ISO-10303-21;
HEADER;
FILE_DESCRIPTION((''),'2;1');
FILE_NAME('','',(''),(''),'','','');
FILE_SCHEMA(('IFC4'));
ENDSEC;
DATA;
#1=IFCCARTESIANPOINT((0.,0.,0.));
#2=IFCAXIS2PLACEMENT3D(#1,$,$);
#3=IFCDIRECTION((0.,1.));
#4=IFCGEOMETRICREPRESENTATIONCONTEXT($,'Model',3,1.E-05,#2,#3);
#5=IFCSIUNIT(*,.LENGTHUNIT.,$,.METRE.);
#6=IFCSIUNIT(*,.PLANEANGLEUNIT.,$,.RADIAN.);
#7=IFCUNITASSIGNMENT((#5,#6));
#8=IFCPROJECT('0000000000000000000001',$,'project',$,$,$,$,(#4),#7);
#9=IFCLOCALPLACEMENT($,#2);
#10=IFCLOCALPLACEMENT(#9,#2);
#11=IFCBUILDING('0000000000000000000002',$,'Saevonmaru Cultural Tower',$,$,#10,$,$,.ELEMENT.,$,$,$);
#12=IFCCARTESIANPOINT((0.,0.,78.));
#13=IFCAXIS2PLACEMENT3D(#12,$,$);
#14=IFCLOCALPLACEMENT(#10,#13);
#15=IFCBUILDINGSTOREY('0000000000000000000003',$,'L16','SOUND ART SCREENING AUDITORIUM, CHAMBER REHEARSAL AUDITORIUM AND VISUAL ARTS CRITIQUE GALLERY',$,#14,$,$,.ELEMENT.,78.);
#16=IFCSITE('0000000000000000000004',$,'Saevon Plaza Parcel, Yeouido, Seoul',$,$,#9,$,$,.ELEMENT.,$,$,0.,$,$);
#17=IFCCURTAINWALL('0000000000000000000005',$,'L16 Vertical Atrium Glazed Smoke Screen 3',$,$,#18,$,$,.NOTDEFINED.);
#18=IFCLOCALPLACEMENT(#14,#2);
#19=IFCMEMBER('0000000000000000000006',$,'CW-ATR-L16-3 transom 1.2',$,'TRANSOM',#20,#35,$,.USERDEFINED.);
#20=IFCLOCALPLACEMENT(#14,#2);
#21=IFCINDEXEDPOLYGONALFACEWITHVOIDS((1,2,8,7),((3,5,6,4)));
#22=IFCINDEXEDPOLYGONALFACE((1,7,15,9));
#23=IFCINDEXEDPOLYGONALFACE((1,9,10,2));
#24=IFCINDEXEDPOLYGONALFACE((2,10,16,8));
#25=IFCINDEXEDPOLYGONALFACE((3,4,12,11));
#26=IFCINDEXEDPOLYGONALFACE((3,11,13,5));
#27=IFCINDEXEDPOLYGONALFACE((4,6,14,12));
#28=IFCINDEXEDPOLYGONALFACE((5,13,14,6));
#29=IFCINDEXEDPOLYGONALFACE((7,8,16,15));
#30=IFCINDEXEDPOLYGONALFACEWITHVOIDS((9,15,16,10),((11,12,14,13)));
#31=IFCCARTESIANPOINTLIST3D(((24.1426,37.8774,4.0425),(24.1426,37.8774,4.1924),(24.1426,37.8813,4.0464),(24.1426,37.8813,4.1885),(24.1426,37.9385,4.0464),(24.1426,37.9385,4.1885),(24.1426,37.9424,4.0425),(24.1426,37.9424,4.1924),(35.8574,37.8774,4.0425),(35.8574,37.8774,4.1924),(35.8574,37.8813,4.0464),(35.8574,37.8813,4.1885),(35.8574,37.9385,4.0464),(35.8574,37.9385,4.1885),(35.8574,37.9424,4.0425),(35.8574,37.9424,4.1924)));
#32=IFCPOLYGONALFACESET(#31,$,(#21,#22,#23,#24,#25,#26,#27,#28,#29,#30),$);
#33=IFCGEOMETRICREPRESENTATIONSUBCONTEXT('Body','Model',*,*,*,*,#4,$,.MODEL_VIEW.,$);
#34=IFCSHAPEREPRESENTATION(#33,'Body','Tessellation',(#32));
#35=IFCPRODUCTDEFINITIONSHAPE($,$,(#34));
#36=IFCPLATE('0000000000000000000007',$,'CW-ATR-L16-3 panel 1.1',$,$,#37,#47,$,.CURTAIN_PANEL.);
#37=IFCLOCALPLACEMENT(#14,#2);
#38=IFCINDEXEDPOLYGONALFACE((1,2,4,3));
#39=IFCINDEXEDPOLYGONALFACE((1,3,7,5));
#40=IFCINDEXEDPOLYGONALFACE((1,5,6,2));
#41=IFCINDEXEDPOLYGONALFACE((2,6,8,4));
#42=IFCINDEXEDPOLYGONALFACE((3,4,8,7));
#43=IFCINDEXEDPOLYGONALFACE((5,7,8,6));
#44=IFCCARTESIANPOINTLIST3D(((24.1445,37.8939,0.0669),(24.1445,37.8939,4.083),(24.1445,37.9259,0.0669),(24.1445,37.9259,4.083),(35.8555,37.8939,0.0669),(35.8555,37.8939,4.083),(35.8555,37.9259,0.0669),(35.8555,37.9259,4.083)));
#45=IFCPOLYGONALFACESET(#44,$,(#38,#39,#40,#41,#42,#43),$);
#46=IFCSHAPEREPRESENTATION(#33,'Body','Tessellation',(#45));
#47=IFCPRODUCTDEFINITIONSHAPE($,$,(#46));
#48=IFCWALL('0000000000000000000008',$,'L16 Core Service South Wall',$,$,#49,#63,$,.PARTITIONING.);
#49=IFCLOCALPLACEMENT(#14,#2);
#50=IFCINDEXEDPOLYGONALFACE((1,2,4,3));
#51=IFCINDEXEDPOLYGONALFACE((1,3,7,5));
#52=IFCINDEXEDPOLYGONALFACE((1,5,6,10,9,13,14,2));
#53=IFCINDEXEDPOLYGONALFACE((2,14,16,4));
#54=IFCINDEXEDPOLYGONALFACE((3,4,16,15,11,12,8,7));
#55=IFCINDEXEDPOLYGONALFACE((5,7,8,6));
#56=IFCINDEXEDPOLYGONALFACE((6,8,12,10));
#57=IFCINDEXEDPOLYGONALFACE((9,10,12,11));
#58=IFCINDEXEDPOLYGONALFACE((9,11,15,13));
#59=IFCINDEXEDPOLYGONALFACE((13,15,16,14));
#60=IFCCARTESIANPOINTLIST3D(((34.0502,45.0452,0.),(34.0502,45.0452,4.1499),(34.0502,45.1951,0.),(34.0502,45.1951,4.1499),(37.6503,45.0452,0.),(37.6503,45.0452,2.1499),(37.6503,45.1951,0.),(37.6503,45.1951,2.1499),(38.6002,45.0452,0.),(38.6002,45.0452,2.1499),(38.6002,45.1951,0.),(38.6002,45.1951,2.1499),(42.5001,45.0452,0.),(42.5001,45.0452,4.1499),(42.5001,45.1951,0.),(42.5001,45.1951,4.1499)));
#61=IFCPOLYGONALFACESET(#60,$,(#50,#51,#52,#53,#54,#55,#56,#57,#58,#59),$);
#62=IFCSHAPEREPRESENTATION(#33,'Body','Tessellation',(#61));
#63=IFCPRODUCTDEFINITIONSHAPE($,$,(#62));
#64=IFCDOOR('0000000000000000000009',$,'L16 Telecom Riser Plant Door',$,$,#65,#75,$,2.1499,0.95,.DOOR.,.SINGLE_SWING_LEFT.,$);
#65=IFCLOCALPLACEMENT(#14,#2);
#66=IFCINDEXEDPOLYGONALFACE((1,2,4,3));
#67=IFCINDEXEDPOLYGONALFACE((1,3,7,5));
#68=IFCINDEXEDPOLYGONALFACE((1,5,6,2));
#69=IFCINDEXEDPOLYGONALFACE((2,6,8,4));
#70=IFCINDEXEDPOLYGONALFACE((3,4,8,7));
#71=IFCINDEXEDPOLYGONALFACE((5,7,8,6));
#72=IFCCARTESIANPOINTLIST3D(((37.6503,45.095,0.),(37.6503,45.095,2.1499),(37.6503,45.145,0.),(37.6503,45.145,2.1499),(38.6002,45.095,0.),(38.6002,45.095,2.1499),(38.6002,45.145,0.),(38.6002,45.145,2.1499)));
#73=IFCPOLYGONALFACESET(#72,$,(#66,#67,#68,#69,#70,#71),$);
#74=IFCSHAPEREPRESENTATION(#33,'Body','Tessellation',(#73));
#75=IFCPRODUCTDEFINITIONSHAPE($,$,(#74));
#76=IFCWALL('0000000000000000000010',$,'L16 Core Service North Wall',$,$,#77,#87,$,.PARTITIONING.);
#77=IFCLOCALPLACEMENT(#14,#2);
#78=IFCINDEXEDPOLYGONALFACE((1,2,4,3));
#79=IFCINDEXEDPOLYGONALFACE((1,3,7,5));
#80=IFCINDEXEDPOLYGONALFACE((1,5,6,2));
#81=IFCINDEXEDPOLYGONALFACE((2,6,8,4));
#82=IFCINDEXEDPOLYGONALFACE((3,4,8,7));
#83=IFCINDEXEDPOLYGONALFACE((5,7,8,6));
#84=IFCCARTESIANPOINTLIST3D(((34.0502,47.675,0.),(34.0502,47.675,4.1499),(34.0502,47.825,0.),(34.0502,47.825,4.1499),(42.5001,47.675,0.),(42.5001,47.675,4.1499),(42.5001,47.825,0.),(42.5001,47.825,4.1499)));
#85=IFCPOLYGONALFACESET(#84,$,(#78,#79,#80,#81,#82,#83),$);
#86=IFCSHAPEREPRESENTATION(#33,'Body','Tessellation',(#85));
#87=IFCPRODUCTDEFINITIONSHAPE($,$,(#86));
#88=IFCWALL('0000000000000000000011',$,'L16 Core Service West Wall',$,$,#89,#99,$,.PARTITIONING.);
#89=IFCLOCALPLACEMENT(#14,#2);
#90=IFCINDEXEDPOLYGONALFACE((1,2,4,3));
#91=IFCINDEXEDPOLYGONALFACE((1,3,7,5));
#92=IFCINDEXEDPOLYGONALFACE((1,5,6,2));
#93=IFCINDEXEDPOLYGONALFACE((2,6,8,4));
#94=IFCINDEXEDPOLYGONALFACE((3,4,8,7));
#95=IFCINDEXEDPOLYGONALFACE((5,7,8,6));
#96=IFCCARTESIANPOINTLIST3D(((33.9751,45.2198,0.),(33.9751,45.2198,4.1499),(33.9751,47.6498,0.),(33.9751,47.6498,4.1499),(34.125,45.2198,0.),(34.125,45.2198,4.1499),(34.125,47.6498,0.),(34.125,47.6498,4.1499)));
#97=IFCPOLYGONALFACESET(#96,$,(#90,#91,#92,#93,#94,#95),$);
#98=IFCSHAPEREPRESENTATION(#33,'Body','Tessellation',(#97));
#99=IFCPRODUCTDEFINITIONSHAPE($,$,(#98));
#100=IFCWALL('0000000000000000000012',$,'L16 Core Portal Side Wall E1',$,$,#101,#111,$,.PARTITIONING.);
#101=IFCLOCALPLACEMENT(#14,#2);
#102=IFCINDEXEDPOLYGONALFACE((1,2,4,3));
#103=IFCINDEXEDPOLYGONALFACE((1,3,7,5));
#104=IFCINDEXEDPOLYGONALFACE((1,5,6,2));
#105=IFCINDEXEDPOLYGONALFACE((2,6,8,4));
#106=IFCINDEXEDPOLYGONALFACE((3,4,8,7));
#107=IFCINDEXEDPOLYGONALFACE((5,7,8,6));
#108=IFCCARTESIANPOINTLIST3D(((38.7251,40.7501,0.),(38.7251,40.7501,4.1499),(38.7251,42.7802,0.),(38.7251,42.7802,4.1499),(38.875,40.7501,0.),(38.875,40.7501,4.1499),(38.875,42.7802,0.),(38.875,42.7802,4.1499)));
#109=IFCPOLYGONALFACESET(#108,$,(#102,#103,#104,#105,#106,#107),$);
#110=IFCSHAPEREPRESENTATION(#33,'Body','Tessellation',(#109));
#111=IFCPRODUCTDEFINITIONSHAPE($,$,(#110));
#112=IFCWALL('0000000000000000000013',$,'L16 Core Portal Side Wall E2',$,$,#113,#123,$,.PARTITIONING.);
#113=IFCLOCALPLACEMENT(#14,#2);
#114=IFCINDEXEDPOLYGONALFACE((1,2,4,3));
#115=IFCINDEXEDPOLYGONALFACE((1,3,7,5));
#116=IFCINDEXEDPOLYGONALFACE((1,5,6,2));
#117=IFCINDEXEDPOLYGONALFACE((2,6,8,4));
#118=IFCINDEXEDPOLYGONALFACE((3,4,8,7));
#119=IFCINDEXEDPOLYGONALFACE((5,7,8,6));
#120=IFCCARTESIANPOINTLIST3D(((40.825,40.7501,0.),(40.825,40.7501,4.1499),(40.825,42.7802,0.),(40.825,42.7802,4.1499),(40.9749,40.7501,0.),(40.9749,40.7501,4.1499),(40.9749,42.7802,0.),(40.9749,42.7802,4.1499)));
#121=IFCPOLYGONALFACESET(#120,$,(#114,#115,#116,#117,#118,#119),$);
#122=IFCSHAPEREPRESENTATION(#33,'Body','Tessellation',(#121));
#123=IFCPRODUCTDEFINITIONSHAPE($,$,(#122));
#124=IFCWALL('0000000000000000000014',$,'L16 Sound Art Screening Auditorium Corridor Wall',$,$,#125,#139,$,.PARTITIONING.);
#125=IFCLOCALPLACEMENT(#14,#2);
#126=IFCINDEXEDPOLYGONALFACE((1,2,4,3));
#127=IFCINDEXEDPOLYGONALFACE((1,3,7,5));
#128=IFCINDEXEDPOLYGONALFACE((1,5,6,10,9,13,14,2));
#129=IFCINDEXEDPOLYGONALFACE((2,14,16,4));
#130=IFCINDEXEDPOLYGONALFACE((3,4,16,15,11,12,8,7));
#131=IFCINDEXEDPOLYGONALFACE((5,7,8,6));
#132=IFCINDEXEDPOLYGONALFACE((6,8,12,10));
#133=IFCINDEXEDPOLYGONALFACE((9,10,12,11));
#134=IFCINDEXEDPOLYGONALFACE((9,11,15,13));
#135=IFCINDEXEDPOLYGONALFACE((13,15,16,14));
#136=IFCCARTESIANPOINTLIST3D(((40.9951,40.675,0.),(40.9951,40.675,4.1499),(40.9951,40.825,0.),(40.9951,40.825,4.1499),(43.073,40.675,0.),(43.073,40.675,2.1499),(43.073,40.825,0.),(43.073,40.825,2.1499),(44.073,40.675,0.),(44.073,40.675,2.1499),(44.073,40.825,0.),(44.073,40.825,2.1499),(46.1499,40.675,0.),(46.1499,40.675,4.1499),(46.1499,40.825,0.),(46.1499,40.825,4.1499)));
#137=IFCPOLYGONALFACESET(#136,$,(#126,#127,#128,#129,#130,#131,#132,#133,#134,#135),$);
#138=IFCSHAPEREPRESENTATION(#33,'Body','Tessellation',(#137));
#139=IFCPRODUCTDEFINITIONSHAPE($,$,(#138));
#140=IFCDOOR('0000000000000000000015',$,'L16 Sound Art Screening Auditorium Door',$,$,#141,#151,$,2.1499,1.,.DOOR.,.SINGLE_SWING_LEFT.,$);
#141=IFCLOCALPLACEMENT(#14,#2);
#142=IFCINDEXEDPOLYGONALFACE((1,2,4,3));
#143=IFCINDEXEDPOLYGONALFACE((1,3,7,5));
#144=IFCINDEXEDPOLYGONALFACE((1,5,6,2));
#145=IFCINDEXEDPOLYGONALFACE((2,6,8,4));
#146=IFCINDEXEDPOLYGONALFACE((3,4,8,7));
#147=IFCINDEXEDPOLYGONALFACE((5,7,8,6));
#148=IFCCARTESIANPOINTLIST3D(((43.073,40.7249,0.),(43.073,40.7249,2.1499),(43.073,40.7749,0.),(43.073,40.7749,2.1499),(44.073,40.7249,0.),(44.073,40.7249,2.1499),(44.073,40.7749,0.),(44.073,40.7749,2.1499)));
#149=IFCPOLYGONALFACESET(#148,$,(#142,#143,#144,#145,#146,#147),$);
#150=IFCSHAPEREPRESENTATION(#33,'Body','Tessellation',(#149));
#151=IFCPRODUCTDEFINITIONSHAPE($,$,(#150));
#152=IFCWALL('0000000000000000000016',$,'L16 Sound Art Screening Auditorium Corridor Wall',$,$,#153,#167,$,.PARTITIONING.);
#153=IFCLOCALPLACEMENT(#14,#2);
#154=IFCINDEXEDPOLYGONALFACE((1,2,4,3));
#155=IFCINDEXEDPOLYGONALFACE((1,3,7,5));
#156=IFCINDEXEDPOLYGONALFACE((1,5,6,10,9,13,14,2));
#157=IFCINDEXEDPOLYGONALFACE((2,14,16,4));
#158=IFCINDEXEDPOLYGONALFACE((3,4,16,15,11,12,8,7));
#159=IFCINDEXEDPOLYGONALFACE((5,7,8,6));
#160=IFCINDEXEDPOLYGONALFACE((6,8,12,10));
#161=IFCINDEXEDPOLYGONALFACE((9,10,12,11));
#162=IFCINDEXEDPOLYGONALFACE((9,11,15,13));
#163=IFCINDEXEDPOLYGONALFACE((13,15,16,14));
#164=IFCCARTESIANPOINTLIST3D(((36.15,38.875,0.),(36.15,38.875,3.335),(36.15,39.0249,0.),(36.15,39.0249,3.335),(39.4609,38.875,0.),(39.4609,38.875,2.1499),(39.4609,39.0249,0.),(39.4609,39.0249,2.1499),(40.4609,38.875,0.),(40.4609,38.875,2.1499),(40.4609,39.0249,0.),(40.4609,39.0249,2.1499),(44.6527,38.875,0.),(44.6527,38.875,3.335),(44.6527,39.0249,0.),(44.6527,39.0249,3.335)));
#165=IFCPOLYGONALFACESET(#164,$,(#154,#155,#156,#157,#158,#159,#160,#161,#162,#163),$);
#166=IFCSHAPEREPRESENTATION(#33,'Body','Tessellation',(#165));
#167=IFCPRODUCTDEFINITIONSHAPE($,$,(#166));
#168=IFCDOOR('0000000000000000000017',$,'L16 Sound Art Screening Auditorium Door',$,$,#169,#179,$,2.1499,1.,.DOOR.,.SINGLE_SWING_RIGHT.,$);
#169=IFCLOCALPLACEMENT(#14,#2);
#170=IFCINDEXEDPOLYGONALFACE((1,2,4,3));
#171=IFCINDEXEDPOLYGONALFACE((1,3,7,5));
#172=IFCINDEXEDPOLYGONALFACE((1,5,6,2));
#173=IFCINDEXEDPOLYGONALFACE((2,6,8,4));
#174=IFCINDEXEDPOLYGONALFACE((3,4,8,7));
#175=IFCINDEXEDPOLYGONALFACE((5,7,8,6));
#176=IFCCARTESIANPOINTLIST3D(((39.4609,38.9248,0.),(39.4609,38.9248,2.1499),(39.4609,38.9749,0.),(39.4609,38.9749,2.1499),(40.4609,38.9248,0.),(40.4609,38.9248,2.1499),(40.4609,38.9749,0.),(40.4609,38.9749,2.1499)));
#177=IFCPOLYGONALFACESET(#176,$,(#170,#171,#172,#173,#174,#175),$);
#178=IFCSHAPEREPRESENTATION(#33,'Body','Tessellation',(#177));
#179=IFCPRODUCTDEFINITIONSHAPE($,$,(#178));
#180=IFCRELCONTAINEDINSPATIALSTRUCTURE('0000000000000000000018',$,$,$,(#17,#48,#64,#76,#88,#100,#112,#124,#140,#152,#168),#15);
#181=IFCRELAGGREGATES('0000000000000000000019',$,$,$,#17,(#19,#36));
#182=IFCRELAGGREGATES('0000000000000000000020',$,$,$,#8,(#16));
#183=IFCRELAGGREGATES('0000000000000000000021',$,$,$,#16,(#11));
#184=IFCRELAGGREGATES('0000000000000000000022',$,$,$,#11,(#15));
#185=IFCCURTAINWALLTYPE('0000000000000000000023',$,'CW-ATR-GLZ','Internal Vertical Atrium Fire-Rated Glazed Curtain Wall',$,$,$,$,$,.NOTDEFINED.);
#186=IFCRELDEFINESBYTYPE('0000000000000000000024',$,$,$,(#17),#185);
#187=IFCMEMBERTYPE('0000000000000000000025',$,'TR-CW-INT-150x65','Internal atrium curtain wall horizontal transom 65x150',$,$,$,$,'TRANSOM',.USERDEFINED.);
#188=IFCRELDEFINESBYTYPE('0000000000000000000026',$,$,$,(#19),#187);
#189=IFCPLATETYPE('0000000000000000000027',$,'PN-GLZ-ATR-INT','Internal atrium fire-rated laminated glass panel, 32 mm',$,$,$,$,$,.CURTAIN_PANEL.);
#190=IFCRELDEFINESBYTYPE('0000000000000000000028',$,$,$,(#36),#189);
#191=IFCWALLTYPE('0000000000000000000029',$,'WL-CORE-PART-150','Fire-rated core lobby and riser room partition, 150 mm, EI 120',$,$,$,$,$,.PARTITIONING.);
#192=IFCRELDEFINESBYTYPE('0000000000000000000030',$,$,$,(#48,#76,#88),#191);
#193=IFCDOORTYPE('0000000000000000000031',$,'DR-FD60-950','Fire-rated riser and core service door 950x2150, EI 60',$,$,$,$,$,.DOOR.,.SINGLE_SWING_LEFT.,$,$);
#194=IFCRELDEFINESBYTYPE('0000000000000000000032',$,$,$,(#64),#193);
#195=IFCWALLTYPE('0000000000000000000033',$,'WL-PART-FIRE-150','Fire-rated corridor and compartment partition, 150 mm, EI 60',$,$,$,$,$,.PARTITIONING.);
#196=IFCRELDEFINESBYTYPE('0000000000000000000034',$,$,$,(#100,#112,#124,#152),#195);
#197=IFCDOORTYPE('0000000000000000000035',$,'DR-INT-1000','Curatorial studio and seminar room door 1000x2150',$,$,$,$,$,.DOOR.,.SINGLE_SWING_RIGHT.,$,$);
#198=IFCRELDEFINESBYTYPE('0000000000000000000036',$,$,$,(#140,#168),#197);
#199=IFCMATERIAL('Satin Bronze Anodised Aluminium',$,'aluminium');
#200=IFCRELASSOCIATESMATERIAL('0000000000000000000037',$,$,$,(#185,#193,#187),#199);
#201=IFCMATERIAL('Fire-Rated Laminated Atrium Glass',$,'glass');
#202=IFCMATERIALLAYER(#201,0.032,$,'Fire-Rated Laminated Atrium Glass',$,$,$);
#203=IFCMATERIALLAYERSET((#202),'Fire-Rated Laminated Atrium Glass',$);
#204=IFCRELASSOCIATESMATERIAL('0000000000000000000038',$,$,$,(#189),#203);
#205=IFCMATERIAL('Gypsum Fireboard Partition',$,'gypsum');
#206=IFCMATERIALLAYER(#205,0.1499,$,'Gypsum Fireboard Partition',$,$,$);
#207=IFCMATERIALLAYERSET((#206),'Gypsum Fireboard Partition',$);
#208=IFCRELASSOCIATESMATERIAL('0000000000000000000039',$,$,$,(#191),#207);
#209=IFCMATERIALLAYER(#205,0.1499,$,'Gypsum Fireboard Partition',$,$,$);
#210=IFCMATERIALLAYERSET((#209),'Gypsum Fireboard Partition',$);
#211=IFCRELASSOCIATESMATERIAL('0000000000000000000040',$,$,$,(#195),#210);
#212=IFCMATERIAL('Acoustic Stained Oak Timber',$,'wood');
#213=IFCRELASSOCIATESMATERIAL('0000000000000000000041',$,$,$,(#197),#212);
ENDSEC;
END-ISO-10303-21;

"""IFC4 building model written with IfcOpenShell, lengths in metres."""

from ifc_helpers import new_model, si_unit, direction, frame, frame_2d, origin, origin_2d, place, context, subcontext, project, spatial, rectangle, hollow_rectangle, extrude, material, layer, layer_set, material_profile, profile_set, type_object, element, fill, aggregate, save


model = new_model("IFC4")

# Units and contexts
model_context = context("Model", 3, precision=1e-05, world=origin(), true_north=direction((0.0, 1.0)))
body_context = subcontext(model_context, "Body", "Model", "MODEL_VIEW")
ifc_project = project(units=[si_unit("LENGTHUNIT", "METRE"), si_unit("PLANEANGLEUNIT", "RADIAN")], contexts=[model_context])

# Site, building, storey
site_placement = place(None, origin())
site = spatial("IfcSite", under=ifc_project, at=site_placement, Name="Saevon Plaza Parcel, Yeouido, Seoul", CompositionType="ELEMENT", RefElevation=0.0)
building_placement = place(site_placement, origin())
building = spatial("IfcBuilding", under=site, at=building_placement, Name="Saevonmaru Cultural Tower", CompositionType="ELEMENT")
storey_placement = place(building_placement, frame((0.0, 0.0, 78.0)))
storey = spatial("IfcBuildingStorey", under=building, at=storey_placement, Name="L16", Description="SOUND ART SCREENING AUDITORIUM, CHAMBER REHEARSAL AUDITORIUM AND VISUAL ARTS CRITIQUE GALLERY", CompositionType="ELEMENT", Elevation=78.0)

# Shared definitions
ifc_material_1 = material(Name="Satin Bronze Anodised Aluminium", Category="aluminium")
curtain_wall_type = type_object("IfcCurtainWallType", Name="CW-ATR-GLZ", Description="Internal Vertical Atrium Fire-Rated Glazed Curtain Wall", PredefinedType="NOTDEFINED", material=ifc_material_1)

# Curtain wall, member, plate
curtain_wall_1_placement = place(storey_placement, origin())
curtain_wall_1 = element("IfcCurtainWall", 1, at=curtain_wall_1_placement, inside=storey, type_object=curtain_wall_type, Name="L16 Vertical Atrium Glazed Smoke Screen 3", PredefinedType="NOTDEFINED")
ifc_material_profile_1 = material_profile(ifc_material_1, hollow_rectangle(XDim=0.0649, YDim=0.1499, WallThickness=0.0039, at=origin_2d()), Name="ALU-TRAN-150x65x4")
ifc_profile_set_1 = profile_set([ifc_material_profile_1], Name="Satin Bronze Anodised Aluminium")
member_type_1 = type_object("IfcMemberType", Name="TR-CW-INT-150x65", Description="Internal atrium curtain wall horizontal transom 65x150", ElementType="TRANSOM", PredefinedType="USERDEFINED", material=ifc_profile_set_1)
member_1_placement = place(storey_placement, frame((35.8574, 37.9099, 4.1174), z_axis=(-1.0, 0.0, 0.0), x_axis=(0.0, -1.0, 0.0)))
member_1 = element("IfcMember", 2, at=member_1_placement, type_object=member_type_1, Name="CW-ATR-L16-3 transom 1.2", ObjectType="TRANSOM", PredefinedType="USERDEFINED", context=body_context, shape_type="SweptSolid", body=[
    extrude(hollow_rectangle(XDim=0.0649, YDim=0.1499, WallThickness=0.0039, at=origin_2d()), origin(), (0.0, 0.0, 1.0), 11.7148),
])
ifc_material_2 = material(Name="Fire-Rated Laminated Atrium Glass", Category="glass")
ifc_layer_1 = layer(ifc_material_2, 0.032, Name="Fire-Rated Laminated Atrium Glass")
ifc_layer_set_1 = layer_set([ifc_layer_1], Name="Fire-Rated Laminated Atrium Glass")
plate_type = type_object("IfcPlateType", Name="PN-GLZ-ATR-INT", Description="Internal atrium fire-rated laminated glass panel, 32 mm", PredefinedType="CURTAIN_PANEL", material=ifc_layer_set_1)
plate_placement = place(storey_placement, frame((30.0, 37.9099, 0.0669), z_axis=(0.0, 0.0, 1.0), x_axis=(-1.0, 0.0, 0.0)))
plate = element("IfcPlate", 3, at=plate_placement, type_object=plate_type, Name="CW-ATR-L16-3 panel 1.1", PredefinedType="CURTAIN_PANEL", context=body_context, shape_type="SweptSolid", body=[
    extrude(rectangle(XDim=11.7109, YDim=0.032, at=origin_2d()), origin(), (0.0, 0.0, 1.0), 4.0161),
])
aggregate(curtain_wall_1, [member_1, plate])

# Wall, opening, door
ifc_material_3 = material(Name="Gypsum Fireboard Partition", Category="gypsum")
ifc_layer_2 = layer(ifc_material_3, 0.1499, Name="Gypsum Fireboard Partition")
ifc_layer_set_2 = layer_set([ifc_layer_2], Name="Gypsum Fireboard Partition")
wall_type_1 = type_object("IfcWallType", Name="WL-CORE-PART-150", Description="Fire-rated core lobby and riser room partition, 150 mm, EI 120", PredefinedType="PARTITIONING", material=ifc_layer_set_2)
wall_1_placement = place(storey_placement, frame((34.05, 45.1201, 0.0), z_axis=(0.0, 0.0, 1.0), x_axis=(1.0, 0.0, 0.0)))
wall_1 = element("IfcWall", 4, at=wall_1_placement, inside=storey, type_object=wall_type_1, Name="L16 Core Service South Wall", PredefinedType="PARTITIONING", context=body_context, shape_type="SweptSolid", body=[
    extrude(rectangle(XDim=8.45, YDim=0.1499, at=frame_2d((4.2251, 0.0))), origin(), (0.0, 0.0, 1.0), 4.1499),
])
opening_1_placement = place(wall_1_placement, frame((3.6001, 0.0, 0.0)))
opening_1 = element("IfcOpeningElement", 5, at=opening_1_placement, cuts=wall_1, PredefinedType="OPENING", context=body_context, shape_type="SweptSolid", body=[
    extrude(rectangle(XDim=0.95, YDim=2.1499, at=frame_2d((0.4751, 1.075))), frame((0.0, 0.085, 0.0), z_axis=(0.0, -1.0, 0.0), x_axis=(1.0, 0.0, 0.0)), (0.0, 0.0, 1.0), 0.1699),
])
door_type_1 = type_object("IfcDoorType", Name="DR-FD60-950", Description="Fire-rated riser and core service door 950x2150, EI 60", OperationType="SINGLE_SWING_LEFT", PredefinedType="DOOR", material=ifc_material_1)
door_1_placement = place(opening_1_placement, origin())
door_1 = element("IfcDoor", 6, at=door_1_placement, inside=storey, type_object=door_type_1, Name="L16 Telecom Riser Plant Door", OperationType="SINGLE_SWING_LEFT", OverallHeight=2.1499, OverallWidth=0.95, PredefinedType="DOOR", context=body_context, shape_type="SweptSolid", body=[
    extrude(rectangle(XDim=0.95, YDim=2.1499, at=frame_2d((0.4751, 1.075))), frame((0.0, 0.0249, 0.0), z_axis=(0.0, -1.0, 0.0), x_axis=(1.0, 0.0, 0.0)), (0.0, 0.0, 1.0), 0.05),
])
fill(opening_1, door_1)

# Walls
wall_2_placement = place(storey_placement, frame((34.05, 47.75, 0.0), z_axis=(0.0, 0.0, 1.0), x_axis=(1.0, 0.0, 0.0)))
element("IfcWall", 7, at=wall_2_placement, inside=storey, type_object=wall_type_1, Name="L16 Core Service North Wall", PredefinedType="PARTITIONING", context=body_context, shape_type="SweptSolid", body=[
    extrude(rectangle(XDim=8.45, YDim=0.1499, at=frame_2d((4.2251, 0.0))), origin(), (0.0, 0.0, 1.0), 4.1499),
])
wall_3_placement = place(storey_placement, frame((34.05, 45.22, 0.0), z_axis=(0.0, 0.0, 1.0), x_axis=(0.0, 1.0, 0.0)))
element("IfcWall", 8, at=wall_3_placement, inside=storey, type_object=wall_type_1, Name="L16 Core Service West Wall", PredefinedType="PARTITIONING", context=body_context, shape_type="SweptSolid", body=[
    extrude(rectangle(XDim=2.4299, YDim=0.1499, at=frame_2d((1.2148, 0.0))), origin(), (0.0, 0.0, 1.0), 4.1499),
])
ifc_layer_3 = layer(ifc_material_3, 0.1499, Name="Gypsum Fireboard Partition")
ifc_layer_set_3 = layer_set([ifc_layer_3], Name="Gypsum Fireboard Partition")
wall_type_2 = type_object("IfcWallType", Name="WL-PART-FIRE-150", Description="Fire-rated corridor and compartment partition, 150 mm, EI 60", PredefinedType="PARTITIONING", material=ifc_layer_set_3)
for number, where, z_axis, x_axis, name in (
    (9, (38.8, 40.75, 0.0), (0.0, 0.0, 1.0), (0.0, 1.0, 0.0), "L16 Core Portal Side Wall E1"),
    (10, (40.8999, 40.75, 0.0), (0.0, 0.0, 1.0), (0.0, 1.0, 0.0), "L16 Core Portal Side Wall E2"),
):
    element("IfcWall", number, at=place(storey_placement, frame(where, z_axis=z_axis, x_axis=x_axis)), inside=storey, type_object=wall_type_2, Name=name, PredefinedType="PARTITIONING", context=body_context, shape_type="SweptSolid", body=[
        extrude(rectangle(XDim=2.03, YDim=0.1499, at=frame_2d((1.0151, 0.0))), origin(), (0.0, 0.0, 1.0), 4.1499),
    ])

# Walls, openings, doors
wall_4_placement = place(storey_placement, frame((40.9951, 40.75, 0.0), z_axis=(0.0, 0.0, 1.0), x_axis=(1.0, 0.0, 0.0)))
wall_4 = element("IfcWall", 11, at=wall_4_placement, inside=storey, type_object=wall_type_2, Name="L16 Sound Art Screening Auditorium Corridor Wall", PredefinedType="PARTITIONING", context=body_context, shape_type="SweptSolid", body=[
    extrude(rectangle(XDim=5.1548, YDim=0.1499, at=frame_2d((2.5774, 0.0))), origin(), (0.0, 0.0, 1.0), 4.1499),
])
opening_2_placement = place(wall_4_placement, frame((2.0779, 0.0, 0.0)))
opening_2 = element("IfcOpeningElement", 12, at=opening_2_placement, cuts=wall_4, PredefinedType="OPENING", context=body_context, shape_type="SweptSolid", body=[
    extrude(rectangle(XDim=1.0, YDim=2.1499, at=frame_2d((0.5, 1.075))), frame((0.0, 0.085, 0.0), z_axis=(0.0, -1.0, 0.0), x_axis=(1.0, 0.0, 0.0)), (0.0, 0.0, 1.0), 0.1699),
])
ifc_material_4 = material(Name="Acoustic Stained Oak Timber", Category="wood")
door_type_2 = type_object("IfcDoorType", Name="DR-INT-1000", Description="Curatorial studio and seminar room door 1000x2150", OperationType="SINGLE_SWING_RIGHT", PredefinedType="DOOR", material=ifc_material_4)
door_2_placement = place(opening_2_placement, origin())
door_2 = element("IfcDoor", 13, at=door_2_placement, inside=storey, type_object=door_type_2, Name="L16 Sound Art Screening Auditorium Door", OperationType="SINGLE_SWING_LEFT", OverallHeight=2.1499, OverallWidth=1.0, PredefinedType="DOOR", context=body_context, shape_type="SweptSolid", body=[
    extrude(rectangle(XDim=1.0, YDim=2.1499, at=frame_2d((0.5, 1.075))), frame((0.0, 0.0249, 0.0), z_axis=(0.0, -1.0, 0.0), x_axis=(1.0, 0.0, 0.0)), (0.0, 0.0, 1.0), 0.05),
])
fill(opening_2, door_2)
wall_5_placement = place(storey_placement, frame((36.1499, 38.95, 0.0), z_axis=(0.0, 0.0, 1.0), x_axis=(1.0, 0.0, 0.0)))
wall_5 = element("IfcWall", 14, at=wall_5_placement, inside=storey, type_object=wall_type_2, Name="L16 Sound Art Screening Auditorium Corridor Wall", PredefinedType="PARTITIONING", context=body_context, shape_type="SweptSolid", body=[
    extrude(rectangle(XDim=8.5027, YDim=0.1499, at=frame_2d((4.2515, 0.0))), origin(), (0.0, 0.0, 1.0), 3.335),
])
opening_3_placement = place(wall_5_placement, frame((3.311, 0.0, 0.0)))
opening_3 = element("IfcOpeningElement", 15, at=opening_3_placement, cuts=wall_5, PredefinedType="OPENING", context=body_context, shape_type="SweptSolid", body=[
    extrude(rectangle(XDim=1.0, YDim=2.1499, at=frame_2d((0.5, 1.075))), frame((0.0, 0.085, 0.0), z_axis=(0.0, -1.0, 0.0), x_axis=(1.0, 0.0, 0.0)), (0.0, 0.0, 1.0), 0.1699),
])
door_3_placement = place(opening_3_placement, origin())
door_3 = element("IfcDoor", 16, at=door_3_placement, inside=storey, type_object=door_type_2, Name="L16 Sound Art Screening Auditorium Door", OperationType="SINGLE_SWING_RIGHT", OverallHeight=2.1499, OverallWidth=1.0, PredefinedType="DOOR", context=body_context, shape_type="SweptSolid", body=[
    extrude(rectangle(XDim=1.0, YDim=2.1499, at=frame_2d((0.5, 1.075))), frame((0.0, 0.0249, 0.0), z_axis=(0.0, -1.0, 0.0), x_axis=(1.0, 0.0, 0.0)), (0.0, 0.0, 1.0), 0.05),
])
fill(opening_3, door_3)

save(model, "model.ifc")
